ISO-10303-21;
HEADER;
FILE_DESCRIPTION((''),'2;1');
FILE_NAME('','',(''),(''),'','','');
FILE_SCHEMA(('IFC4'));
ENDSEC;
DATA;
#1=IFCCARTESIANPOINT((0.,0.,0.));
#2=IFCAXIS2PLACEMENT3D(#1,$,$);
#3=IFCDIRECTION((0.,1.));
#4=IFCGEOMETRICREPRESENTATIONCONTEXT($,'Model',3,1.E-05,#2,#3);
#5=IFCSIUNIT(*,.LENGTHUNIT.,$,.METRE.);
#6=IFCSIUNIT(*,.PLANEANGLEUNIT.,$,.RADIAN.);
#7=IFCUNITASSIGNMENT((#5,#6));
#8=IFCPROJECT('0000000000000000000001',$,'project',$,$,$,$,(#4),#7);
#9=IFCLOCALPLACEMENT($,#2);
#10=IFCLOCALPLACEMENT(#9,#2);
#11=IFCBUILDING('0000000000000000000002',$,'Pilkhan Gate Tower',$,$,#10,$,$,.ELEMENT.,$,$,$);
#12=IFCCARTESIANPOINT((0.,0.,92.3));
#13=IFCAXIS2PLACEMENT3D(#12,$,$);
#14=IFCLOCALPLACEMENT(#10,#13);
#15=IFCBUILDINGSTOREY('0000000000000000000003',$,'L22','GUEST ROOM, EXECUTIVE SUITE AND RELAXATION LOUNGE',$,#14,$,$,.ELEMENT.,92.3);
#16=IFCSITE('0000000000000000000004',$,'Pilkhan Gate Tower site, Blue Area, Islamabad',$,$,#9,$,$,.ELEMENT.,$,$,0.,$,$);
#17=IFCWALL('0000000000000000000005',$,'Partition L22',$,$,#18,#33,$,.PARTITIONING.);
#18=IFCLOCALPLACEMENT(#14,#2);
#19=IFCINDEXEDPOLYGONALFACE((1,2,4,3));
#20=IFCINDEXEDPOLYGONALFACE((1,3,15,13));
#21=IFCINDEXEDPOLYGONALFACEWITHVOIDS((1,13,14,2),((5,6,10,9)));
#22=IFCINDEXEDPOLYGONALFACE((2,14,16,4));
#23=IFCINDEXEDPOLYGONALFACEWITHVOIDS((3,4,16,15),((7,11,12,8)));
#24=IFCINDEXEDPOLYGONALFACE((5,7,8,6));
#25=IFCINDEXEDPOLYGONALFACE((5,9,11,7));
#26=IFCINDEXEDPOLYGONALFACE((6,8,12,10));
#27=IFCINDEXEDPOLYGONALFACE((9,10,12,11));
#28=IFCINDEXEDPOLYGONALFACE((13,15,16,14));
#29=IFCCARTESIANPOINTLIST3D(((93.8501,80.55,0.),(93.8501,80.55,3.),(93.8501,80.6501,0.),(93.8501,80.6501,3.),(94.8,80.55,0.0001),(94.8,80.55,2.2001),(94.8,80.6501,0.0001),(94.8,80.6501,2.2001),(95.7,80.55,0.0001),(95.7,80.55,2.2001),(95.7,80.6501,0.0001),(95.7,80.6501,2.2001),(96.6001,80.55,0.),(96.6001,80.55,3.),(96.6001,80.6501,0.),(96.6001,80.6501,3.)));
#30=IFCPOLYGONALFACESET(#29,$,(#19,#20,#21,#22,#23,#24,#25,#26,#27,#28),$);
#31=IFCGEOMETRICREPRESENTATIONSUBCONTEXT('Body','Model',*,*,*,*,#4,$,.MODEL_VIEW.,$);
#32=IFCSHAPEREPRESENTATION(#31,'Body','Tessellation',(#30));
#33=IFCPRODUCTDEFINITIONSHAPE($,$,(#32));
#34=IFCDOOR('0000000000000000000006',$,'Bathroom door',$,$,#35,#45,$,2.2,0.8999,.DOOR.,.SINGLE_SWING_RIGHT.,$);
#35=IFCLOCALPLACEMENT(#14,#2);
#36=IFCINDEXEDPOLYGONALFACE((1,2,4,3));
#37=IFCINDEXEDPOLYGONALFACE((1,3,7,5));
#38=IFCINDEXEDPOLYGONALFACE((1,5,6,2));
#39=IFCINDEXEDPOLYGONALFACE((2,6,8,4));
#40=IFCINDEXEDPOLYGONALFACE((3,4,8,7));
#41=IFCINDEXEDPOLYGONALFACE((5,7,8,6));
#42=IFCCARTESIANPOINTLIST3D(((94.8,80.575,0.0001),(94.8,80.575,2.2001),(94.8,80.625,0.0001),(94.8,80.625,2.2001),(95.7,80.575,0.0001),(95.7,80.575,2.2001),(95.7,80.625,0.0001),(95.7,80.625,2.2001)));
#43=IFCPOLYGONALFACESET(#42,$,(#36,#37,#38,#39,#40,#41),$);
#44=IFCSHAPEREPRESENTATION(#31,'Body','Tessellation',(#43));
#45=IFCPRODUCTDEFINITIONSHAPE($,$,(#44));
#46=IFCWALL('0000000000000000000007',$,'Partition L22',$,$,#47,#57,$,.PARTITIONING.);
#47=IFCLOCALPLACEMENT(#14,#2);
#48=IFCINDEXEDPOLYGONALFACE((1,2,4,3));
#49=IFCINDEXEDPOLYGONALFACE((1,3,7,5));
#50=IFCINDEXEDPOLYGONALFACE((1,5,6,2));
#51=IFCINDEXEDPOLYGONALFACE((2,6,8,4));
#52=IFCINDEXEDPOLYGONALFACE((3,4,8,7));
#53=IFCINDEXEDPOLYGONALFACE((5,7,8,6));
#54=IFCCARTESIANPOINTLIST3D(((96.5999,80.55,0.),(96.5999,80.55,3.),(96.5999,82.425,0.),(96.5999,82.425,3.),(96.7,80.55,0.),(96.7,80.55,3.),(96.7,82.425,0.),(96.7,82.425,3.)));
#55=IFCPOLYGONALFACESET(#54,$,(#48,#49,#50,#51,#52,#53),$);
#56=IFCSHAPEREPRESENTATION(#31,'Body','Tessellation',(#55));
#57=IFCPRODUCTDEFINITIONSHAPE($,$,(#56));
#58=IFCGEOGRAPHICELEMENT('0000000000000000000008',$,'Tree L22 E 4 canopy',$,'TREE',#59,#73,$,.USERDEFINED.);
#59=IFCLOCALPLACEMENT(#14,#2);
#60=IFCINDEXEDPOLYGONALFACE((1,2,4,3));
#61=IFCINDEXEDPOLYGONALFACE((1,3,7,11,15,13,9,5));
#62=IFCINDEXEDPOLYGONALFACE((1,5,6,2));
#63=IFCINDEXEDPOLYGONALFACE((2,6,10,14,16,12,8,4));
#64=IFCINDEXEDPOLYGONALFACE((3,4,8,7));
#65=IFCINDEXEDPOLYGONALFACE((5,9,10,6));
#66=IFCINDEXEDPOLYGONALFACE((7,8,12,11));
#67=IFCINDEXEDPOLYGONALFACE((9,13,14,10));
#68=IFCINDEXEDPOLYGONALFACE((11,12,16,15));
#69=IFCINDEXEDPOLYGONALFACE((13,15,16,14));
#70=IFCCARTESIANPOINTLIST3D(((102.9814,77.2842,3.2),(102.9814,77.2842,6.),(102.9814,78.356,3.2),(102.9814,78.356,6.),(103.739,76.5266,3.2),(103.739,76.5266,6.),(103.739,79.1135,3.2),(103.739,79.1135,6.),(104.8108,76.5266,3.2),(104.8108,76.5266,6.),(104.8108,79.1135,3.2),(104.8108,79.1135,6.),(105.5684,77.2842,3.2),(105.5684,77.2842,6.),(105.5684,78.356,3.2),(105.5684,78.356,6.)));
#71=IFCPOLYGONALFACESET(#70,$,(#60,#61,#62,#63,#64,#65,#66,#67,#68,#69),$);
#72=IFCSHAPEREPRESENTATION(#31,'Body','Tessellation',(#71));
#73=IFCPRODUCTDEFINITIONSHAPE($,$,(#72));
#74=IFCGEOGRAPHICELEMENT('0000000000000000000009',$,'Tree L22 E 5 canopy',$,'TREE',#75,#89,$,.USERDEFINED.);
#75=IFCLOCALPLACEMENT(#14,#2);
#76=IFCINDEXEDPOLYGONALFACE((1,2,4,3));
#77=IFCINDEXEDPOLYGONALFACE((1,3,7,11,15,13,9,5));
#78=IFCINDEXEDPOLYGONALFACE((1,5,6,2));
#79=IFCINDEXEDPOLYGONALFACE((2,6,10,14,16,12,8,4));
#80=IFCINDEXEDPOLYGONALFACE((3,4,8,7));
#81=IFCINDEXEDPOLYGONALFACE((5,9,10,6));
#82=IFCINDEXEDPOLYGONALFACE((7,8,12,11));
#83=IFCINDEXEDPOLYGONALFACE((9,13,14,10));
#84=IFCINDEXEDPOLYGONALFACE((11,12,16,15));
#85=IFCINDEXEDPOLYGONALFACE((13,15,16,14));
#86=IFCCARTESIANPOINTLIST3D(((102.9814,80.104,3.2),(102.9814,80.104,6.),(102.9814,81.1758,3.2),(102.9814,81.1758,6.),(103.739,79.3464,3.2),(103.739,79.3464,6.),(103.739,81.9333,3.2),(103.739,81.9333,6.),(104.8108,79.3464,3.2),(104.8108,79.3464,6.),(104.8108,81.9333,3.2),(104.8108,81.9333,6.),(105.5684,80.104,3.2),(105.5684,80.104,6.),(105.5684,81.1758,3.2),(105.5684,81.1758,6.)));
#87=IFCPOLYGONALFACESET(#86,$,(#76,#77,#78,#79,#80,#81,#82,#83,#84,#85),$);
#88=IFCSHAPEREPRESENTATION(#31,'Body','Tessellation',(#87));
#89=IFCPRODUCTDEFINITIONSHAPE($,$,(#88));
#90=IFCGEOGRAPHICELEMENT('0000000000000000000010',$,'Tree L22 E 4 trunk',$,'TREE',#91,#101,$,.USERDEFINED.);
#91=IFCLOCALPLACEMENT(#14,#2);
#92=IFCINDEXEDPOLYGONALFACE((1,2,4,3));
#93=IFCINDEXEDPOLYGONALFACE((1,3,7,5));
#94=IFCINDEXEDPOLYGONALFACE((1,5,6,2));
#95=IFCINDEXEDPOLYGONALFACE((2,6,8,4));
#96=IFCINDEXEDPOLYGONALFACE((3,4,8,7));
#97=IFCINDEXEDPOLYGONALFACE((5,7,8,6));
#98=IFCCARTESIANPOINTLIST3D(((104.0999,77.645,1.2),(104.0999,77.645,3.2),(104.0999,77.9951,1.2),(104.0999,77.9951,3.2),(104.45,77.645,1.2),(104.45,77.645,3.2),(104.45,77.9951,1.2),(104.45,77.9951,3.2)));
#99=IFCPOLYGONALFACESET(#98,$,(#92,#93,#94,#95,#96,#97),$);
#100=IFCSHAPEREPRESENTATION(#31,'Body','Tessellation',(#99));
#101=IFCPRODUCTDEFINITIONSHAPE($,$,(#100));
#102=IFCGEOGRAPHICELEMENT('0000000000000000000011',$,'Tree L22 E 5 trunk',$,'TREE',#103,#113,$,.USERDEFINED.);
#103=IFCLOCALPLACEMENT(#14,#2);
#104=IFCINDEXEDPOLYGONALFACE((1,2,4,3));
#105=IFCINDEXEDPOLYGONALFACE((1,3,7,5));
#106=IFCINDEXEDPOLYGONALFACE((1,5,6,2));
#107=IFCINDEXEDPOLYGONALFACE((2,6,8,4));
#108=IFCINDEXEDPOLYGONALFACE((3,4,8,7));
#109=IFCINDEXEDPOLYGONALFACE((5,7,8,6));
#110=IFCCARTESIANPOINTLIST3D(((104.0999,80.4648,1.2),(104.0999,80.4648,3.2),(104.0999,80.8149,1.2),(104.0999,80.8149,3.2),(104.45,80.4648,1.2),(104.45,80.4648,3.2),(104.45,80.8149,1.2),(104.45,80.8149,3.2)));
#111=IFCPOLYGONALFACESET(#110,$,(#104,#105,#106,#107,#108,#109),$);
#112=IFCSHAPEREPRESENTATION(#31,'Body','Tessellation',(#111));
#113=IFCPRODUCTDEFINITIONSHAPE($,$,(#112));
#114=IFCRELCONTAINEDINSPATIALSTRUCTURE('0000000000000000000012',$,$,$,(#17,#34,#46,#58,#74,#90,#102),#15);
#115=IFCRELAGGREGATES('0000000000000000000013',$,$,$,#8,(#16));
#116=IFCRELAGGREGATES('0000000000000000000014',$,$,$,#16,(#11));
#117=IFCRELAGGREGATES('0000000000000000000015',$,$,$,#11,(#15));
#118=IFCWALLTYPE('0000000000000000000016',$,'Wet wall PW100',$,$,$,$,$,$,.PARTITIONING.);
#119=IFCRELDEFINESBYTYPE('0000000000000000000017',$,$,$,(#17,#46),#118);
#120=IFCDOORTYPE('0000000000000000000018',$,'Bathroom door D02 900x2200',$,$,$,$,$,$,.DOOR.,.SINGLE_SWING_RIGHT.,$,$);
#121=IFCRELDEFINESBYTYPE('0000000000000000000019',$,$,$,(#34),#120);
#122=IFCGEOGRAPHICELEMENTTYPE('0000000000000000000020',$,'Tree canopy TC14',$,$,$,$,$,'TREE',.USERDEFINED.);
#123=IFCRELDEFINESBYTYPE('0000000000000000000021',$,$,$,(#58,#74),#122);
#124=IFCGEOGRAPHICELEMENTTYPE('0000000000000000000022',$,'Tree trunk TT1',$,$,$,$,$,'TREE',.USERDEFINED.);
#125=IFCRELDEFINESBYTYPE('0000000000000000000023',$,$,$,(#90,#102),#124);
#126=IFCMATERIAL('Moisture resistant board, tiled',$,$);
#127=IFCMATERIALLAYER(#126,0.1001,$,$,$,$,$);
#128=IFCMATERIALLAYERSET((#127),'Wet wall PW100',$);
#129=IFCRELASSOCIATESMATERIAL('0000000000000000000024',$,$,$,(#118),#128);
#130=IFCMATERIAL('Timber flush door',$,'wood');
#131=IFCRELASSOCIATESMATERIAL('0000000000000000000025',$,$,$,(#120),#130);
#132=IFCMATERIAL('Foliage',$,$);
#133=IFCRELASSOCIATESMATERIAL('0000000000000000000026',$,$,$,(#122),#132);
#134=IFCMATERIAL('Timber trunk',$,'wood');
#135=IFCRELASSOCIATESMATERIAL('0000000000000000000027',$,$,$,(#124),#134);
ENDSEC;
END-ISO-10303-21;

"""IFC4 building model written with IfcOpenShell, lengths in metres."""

from ifc_helpers import new_model, si_unit, direction, frame, frame_2d, origin, origin_2d, place, context, subcontext, project, spatial, polyline, rectangle, outline, extrude, material, layer, layer_set, material_profile, profile_set, type_object, element, fill, save


model = new_model("IFC4")

# Units and contexts
model_context = context("Model", 3, precision=1e-05, world=origin(), true_north=direction((0.0, 1.0)))
body_context = subcontext(model_context, "Body", "Model", "MODEL_VIEW")
ifc_project = project(units=[si_unit("LENGTHUNIT", "METRE"), si_unit("PLANEANGLEUNIT", "RADIAN")], contexts=[model_context])

# Site, building, storey
site_placement = place(None, origin())
site = spatial("IfcSite", under=ifc_project, at=site_placement, Name="Pilkhan Gate Tower site, Blue Area, Islamabad", CompositionType="ELEMENT", RefElevation=0.0)
building_placement = place(site_placement, origin())
building = spatial("IfcBuilding", under=site, at=building_placement, Name="Pilkhan Gate Tower", CompositionType="ELEMENT")
storey_placement = place(building_placement, frame((0.0, 0.0, 92.3)))
storey = spatial("IfcBuildingStorey", under=building, at=storey_placement, Name="L22", Description="GUEST ROOM, EXECUTIVE SUITE AND RELAXATION LOUNGE", CompositionType="ELEMENT", Elevation=92.3)

# Wall, opening, door
ifc_material_1 = material(Name="Moisture resistant board, tiled")
ifc_layer_1 = layer(ifc_material_1, 0.1001)
ifc_layer_set_1 = layer_set([ifc_layer_1], Name="Wet wall PW100")
wall_type_1 = type_object("IfcWallType", Name="Wet wall PW100", PredefinedType="PARTITIONING", material=ifc_layer_set_1)
ifc_material_2 = material(Name="Timber flush door", Category="wood")
door_type = type_object("IfcDoorType", Name="Bathroom door D02 900x2200", OperationType="SINGLE_SWING_RIGHT", PredefinedType="DOOR", material=ifc_material_2)
wall_1_placement = place(storey_placement, frame((93.8501, 80.6001, 0.0), z_axis=(0.0, 0.0, 1.0), x_axis=(1.0, 0.0, 0.0)))
wall_1 = element("IfcWall", 1, at=wall_1_placement, inside=storey, type_object=wall_type_1, Name="Partition L22", PredefinedType="PARTITIONING", context=body_context, shape_type="SweptSolid", body=[
    extrude(rectangle(XDim=2.75, YDim=0.1001, at=frame_2d((1.375, 0.0))), origin(), (0.0, 0.0, 1.0), 3.0),
])
opening_1_placement = place(wall_1_placement, frame((0.95, 0.0, 0.0)))
opening_1 = element("IfcOpeningElement", 2, at=opening_1_placement, cuts=wall_1, PredefinedType="OPENING", context=body_context, shape_type="SweptSolid", body=[
    extrude(rectangle(XDim=0.8999, YDim=2.2, at=frame_2d((0.45, 1.1001))), frame((0.0, 0.0601, 0.0), z_axis=(0.0, -1.0, 0.0), x_axis=(1.0, 0.0, 0.0)), (0.0, 0.0, 1.0), 0.1201),
])
door_1_placement = place(opening_1_placement, origin())
door_1 = element("IfcDoor", 3, at=door_1_placement, inside=storey, type_object=door_type, Name="Bathroom door", OperationType="SINGLE_SWING_RIGHT", OverallHeight=2.2, OverallWidth=0.8999, PredefinedType="DOOR", context=body_context, shape_type="SweptSolid", body=[
    extrude(rectangle(XDim=0.8999, YDim=2.2, at=frame_2d((0.45, 1.1001))), frame((0.0, 0.0249, 0.0), z_axis=(0.0, -1.0, 0.0), x_axis=(1.0, 0.0, 0.0)), (0.0, 0.0, 1.0), 0.05),
])
fill(opening_1, door_1)

# Wall
wall_2_placement = place(storey_placement, frame((96.6499, 80.55, 0.0), z_axis=(0.0, 0.0, 1.0), x_axis=(0.0, 1.0, 0.0)))
element("IfcWall", 4, at=wall_2_placement, inside=storey, type_object=wall_type_1, Name="Partition L22", PredefinedType="PARTITIONING", context=body_context, shape_type="SweptSolid", body=[
    extrude(rectangle(XDim=1.875, YDim=0.1001, at=frame_2d((0.9375, 0.0))), origin(), (0.0, 0.0, 1.0), 3.0),
])

# Geographic elements
ifc_material_3 = material(Name="Foliage")
ifc_material_profile_1 = material_profile(ifc_material_3, outline(polyline([(1.2935, 0.5359), (0.5359, 1.2935), (-0.5359, 1.2935), (-1.2935, 0.5359), (-1.2935, -0.5359), (-0.5359, -1.2935), (0.5359, -1.2935), (1.2935, -0.5359), (1.2935, 0.5359)])), Name="Canopy D2.8")
ifc_profile_set_1 = profile_set([ifc_material_profile_1], Name="Foliage")
geographic_element_type_1 = type_object("IfcGeographicElementType", Name="Tree canopy TC14", ElementType="TREE", PredefinedType="USERDEFINED", material=ifc_profile_set_1)
for number, where, z_axis, x_axis, name in (
    (5, (104.2749, 77.8201, 3.2), (0.0, 0.0, 1.0), (1.0, 0.0, 0.0), "Tree L22 E 4 canopy"),
    (6, (104.2749, 80.6399, 3.2), (0.0, 0.0, 1.0), (1.0, 0.0, 0.0), "Tree L22 E 5 canopy"),
):
    element("IfcGeographicElement", number, at=place(storey_placement, frame(where, z_axis=z_axis, x_axis=x_axis)), inside=storey, type_object=geographic_element_type_1, Name=name, ObjectType="TREE", PredefinedType="USERDEFINED", context=body_context, shape_type="SweptSolid", body=[
        extrude(outline(polyline([(1.2935, 0.5359), (0.5359, 1.2935), (-0.5359, 1.2935), (-1.2935, 0.5359), (-1.2935, -0.5359), (-0.5359, -1.2935), (0.5359, -1.2935), (1.2935, -0.5359), (1.2935, 0.5359)])), origin(), (0.0, 0.0, 1.0), 2.8),
    ])
ifc_material_4 = material(Name="Timber trunk", Category="wood")
geographic_element_type_2 = type_object("IfcGeographicElementType", Name="Tree trunk TT1", ElementType="TREE", PredefinedType="USERDEFINED", material=ifc_material_4)
for number, where, z_axis, x_axis, name in (
    (7, (104.2749, 77.8201, 1.2), (0.0, 0.0, 1.0), (1.0, 0.0, 0.0), "Tree L22 E 4 trunk"),
    (8, (104.2749, 80.6399, 1.2), (0.0, 0.0, 1.0), (1.0, 0.0, 0.0), "Tree L22 E 5 trunk"),
):
    element("IfcGeographicElement", number, at=place(storey_placement, frame(where, z_axis=z_axis, x_axis=x_axis)), inside=storey, type_object=geographic_element_type_2, Name=name, ObjectType="TREE", PredefinedType="USERDEFINED", context=body_context, shape_type="SweptSolid", body=[
        extrude(rectangle(XDim=0.3501, YDim=0.3501, at=origin_2d()), origin(), (0.0, 0.0, 1.0), 2.0),
    ])

save(model, "model.ifc")
